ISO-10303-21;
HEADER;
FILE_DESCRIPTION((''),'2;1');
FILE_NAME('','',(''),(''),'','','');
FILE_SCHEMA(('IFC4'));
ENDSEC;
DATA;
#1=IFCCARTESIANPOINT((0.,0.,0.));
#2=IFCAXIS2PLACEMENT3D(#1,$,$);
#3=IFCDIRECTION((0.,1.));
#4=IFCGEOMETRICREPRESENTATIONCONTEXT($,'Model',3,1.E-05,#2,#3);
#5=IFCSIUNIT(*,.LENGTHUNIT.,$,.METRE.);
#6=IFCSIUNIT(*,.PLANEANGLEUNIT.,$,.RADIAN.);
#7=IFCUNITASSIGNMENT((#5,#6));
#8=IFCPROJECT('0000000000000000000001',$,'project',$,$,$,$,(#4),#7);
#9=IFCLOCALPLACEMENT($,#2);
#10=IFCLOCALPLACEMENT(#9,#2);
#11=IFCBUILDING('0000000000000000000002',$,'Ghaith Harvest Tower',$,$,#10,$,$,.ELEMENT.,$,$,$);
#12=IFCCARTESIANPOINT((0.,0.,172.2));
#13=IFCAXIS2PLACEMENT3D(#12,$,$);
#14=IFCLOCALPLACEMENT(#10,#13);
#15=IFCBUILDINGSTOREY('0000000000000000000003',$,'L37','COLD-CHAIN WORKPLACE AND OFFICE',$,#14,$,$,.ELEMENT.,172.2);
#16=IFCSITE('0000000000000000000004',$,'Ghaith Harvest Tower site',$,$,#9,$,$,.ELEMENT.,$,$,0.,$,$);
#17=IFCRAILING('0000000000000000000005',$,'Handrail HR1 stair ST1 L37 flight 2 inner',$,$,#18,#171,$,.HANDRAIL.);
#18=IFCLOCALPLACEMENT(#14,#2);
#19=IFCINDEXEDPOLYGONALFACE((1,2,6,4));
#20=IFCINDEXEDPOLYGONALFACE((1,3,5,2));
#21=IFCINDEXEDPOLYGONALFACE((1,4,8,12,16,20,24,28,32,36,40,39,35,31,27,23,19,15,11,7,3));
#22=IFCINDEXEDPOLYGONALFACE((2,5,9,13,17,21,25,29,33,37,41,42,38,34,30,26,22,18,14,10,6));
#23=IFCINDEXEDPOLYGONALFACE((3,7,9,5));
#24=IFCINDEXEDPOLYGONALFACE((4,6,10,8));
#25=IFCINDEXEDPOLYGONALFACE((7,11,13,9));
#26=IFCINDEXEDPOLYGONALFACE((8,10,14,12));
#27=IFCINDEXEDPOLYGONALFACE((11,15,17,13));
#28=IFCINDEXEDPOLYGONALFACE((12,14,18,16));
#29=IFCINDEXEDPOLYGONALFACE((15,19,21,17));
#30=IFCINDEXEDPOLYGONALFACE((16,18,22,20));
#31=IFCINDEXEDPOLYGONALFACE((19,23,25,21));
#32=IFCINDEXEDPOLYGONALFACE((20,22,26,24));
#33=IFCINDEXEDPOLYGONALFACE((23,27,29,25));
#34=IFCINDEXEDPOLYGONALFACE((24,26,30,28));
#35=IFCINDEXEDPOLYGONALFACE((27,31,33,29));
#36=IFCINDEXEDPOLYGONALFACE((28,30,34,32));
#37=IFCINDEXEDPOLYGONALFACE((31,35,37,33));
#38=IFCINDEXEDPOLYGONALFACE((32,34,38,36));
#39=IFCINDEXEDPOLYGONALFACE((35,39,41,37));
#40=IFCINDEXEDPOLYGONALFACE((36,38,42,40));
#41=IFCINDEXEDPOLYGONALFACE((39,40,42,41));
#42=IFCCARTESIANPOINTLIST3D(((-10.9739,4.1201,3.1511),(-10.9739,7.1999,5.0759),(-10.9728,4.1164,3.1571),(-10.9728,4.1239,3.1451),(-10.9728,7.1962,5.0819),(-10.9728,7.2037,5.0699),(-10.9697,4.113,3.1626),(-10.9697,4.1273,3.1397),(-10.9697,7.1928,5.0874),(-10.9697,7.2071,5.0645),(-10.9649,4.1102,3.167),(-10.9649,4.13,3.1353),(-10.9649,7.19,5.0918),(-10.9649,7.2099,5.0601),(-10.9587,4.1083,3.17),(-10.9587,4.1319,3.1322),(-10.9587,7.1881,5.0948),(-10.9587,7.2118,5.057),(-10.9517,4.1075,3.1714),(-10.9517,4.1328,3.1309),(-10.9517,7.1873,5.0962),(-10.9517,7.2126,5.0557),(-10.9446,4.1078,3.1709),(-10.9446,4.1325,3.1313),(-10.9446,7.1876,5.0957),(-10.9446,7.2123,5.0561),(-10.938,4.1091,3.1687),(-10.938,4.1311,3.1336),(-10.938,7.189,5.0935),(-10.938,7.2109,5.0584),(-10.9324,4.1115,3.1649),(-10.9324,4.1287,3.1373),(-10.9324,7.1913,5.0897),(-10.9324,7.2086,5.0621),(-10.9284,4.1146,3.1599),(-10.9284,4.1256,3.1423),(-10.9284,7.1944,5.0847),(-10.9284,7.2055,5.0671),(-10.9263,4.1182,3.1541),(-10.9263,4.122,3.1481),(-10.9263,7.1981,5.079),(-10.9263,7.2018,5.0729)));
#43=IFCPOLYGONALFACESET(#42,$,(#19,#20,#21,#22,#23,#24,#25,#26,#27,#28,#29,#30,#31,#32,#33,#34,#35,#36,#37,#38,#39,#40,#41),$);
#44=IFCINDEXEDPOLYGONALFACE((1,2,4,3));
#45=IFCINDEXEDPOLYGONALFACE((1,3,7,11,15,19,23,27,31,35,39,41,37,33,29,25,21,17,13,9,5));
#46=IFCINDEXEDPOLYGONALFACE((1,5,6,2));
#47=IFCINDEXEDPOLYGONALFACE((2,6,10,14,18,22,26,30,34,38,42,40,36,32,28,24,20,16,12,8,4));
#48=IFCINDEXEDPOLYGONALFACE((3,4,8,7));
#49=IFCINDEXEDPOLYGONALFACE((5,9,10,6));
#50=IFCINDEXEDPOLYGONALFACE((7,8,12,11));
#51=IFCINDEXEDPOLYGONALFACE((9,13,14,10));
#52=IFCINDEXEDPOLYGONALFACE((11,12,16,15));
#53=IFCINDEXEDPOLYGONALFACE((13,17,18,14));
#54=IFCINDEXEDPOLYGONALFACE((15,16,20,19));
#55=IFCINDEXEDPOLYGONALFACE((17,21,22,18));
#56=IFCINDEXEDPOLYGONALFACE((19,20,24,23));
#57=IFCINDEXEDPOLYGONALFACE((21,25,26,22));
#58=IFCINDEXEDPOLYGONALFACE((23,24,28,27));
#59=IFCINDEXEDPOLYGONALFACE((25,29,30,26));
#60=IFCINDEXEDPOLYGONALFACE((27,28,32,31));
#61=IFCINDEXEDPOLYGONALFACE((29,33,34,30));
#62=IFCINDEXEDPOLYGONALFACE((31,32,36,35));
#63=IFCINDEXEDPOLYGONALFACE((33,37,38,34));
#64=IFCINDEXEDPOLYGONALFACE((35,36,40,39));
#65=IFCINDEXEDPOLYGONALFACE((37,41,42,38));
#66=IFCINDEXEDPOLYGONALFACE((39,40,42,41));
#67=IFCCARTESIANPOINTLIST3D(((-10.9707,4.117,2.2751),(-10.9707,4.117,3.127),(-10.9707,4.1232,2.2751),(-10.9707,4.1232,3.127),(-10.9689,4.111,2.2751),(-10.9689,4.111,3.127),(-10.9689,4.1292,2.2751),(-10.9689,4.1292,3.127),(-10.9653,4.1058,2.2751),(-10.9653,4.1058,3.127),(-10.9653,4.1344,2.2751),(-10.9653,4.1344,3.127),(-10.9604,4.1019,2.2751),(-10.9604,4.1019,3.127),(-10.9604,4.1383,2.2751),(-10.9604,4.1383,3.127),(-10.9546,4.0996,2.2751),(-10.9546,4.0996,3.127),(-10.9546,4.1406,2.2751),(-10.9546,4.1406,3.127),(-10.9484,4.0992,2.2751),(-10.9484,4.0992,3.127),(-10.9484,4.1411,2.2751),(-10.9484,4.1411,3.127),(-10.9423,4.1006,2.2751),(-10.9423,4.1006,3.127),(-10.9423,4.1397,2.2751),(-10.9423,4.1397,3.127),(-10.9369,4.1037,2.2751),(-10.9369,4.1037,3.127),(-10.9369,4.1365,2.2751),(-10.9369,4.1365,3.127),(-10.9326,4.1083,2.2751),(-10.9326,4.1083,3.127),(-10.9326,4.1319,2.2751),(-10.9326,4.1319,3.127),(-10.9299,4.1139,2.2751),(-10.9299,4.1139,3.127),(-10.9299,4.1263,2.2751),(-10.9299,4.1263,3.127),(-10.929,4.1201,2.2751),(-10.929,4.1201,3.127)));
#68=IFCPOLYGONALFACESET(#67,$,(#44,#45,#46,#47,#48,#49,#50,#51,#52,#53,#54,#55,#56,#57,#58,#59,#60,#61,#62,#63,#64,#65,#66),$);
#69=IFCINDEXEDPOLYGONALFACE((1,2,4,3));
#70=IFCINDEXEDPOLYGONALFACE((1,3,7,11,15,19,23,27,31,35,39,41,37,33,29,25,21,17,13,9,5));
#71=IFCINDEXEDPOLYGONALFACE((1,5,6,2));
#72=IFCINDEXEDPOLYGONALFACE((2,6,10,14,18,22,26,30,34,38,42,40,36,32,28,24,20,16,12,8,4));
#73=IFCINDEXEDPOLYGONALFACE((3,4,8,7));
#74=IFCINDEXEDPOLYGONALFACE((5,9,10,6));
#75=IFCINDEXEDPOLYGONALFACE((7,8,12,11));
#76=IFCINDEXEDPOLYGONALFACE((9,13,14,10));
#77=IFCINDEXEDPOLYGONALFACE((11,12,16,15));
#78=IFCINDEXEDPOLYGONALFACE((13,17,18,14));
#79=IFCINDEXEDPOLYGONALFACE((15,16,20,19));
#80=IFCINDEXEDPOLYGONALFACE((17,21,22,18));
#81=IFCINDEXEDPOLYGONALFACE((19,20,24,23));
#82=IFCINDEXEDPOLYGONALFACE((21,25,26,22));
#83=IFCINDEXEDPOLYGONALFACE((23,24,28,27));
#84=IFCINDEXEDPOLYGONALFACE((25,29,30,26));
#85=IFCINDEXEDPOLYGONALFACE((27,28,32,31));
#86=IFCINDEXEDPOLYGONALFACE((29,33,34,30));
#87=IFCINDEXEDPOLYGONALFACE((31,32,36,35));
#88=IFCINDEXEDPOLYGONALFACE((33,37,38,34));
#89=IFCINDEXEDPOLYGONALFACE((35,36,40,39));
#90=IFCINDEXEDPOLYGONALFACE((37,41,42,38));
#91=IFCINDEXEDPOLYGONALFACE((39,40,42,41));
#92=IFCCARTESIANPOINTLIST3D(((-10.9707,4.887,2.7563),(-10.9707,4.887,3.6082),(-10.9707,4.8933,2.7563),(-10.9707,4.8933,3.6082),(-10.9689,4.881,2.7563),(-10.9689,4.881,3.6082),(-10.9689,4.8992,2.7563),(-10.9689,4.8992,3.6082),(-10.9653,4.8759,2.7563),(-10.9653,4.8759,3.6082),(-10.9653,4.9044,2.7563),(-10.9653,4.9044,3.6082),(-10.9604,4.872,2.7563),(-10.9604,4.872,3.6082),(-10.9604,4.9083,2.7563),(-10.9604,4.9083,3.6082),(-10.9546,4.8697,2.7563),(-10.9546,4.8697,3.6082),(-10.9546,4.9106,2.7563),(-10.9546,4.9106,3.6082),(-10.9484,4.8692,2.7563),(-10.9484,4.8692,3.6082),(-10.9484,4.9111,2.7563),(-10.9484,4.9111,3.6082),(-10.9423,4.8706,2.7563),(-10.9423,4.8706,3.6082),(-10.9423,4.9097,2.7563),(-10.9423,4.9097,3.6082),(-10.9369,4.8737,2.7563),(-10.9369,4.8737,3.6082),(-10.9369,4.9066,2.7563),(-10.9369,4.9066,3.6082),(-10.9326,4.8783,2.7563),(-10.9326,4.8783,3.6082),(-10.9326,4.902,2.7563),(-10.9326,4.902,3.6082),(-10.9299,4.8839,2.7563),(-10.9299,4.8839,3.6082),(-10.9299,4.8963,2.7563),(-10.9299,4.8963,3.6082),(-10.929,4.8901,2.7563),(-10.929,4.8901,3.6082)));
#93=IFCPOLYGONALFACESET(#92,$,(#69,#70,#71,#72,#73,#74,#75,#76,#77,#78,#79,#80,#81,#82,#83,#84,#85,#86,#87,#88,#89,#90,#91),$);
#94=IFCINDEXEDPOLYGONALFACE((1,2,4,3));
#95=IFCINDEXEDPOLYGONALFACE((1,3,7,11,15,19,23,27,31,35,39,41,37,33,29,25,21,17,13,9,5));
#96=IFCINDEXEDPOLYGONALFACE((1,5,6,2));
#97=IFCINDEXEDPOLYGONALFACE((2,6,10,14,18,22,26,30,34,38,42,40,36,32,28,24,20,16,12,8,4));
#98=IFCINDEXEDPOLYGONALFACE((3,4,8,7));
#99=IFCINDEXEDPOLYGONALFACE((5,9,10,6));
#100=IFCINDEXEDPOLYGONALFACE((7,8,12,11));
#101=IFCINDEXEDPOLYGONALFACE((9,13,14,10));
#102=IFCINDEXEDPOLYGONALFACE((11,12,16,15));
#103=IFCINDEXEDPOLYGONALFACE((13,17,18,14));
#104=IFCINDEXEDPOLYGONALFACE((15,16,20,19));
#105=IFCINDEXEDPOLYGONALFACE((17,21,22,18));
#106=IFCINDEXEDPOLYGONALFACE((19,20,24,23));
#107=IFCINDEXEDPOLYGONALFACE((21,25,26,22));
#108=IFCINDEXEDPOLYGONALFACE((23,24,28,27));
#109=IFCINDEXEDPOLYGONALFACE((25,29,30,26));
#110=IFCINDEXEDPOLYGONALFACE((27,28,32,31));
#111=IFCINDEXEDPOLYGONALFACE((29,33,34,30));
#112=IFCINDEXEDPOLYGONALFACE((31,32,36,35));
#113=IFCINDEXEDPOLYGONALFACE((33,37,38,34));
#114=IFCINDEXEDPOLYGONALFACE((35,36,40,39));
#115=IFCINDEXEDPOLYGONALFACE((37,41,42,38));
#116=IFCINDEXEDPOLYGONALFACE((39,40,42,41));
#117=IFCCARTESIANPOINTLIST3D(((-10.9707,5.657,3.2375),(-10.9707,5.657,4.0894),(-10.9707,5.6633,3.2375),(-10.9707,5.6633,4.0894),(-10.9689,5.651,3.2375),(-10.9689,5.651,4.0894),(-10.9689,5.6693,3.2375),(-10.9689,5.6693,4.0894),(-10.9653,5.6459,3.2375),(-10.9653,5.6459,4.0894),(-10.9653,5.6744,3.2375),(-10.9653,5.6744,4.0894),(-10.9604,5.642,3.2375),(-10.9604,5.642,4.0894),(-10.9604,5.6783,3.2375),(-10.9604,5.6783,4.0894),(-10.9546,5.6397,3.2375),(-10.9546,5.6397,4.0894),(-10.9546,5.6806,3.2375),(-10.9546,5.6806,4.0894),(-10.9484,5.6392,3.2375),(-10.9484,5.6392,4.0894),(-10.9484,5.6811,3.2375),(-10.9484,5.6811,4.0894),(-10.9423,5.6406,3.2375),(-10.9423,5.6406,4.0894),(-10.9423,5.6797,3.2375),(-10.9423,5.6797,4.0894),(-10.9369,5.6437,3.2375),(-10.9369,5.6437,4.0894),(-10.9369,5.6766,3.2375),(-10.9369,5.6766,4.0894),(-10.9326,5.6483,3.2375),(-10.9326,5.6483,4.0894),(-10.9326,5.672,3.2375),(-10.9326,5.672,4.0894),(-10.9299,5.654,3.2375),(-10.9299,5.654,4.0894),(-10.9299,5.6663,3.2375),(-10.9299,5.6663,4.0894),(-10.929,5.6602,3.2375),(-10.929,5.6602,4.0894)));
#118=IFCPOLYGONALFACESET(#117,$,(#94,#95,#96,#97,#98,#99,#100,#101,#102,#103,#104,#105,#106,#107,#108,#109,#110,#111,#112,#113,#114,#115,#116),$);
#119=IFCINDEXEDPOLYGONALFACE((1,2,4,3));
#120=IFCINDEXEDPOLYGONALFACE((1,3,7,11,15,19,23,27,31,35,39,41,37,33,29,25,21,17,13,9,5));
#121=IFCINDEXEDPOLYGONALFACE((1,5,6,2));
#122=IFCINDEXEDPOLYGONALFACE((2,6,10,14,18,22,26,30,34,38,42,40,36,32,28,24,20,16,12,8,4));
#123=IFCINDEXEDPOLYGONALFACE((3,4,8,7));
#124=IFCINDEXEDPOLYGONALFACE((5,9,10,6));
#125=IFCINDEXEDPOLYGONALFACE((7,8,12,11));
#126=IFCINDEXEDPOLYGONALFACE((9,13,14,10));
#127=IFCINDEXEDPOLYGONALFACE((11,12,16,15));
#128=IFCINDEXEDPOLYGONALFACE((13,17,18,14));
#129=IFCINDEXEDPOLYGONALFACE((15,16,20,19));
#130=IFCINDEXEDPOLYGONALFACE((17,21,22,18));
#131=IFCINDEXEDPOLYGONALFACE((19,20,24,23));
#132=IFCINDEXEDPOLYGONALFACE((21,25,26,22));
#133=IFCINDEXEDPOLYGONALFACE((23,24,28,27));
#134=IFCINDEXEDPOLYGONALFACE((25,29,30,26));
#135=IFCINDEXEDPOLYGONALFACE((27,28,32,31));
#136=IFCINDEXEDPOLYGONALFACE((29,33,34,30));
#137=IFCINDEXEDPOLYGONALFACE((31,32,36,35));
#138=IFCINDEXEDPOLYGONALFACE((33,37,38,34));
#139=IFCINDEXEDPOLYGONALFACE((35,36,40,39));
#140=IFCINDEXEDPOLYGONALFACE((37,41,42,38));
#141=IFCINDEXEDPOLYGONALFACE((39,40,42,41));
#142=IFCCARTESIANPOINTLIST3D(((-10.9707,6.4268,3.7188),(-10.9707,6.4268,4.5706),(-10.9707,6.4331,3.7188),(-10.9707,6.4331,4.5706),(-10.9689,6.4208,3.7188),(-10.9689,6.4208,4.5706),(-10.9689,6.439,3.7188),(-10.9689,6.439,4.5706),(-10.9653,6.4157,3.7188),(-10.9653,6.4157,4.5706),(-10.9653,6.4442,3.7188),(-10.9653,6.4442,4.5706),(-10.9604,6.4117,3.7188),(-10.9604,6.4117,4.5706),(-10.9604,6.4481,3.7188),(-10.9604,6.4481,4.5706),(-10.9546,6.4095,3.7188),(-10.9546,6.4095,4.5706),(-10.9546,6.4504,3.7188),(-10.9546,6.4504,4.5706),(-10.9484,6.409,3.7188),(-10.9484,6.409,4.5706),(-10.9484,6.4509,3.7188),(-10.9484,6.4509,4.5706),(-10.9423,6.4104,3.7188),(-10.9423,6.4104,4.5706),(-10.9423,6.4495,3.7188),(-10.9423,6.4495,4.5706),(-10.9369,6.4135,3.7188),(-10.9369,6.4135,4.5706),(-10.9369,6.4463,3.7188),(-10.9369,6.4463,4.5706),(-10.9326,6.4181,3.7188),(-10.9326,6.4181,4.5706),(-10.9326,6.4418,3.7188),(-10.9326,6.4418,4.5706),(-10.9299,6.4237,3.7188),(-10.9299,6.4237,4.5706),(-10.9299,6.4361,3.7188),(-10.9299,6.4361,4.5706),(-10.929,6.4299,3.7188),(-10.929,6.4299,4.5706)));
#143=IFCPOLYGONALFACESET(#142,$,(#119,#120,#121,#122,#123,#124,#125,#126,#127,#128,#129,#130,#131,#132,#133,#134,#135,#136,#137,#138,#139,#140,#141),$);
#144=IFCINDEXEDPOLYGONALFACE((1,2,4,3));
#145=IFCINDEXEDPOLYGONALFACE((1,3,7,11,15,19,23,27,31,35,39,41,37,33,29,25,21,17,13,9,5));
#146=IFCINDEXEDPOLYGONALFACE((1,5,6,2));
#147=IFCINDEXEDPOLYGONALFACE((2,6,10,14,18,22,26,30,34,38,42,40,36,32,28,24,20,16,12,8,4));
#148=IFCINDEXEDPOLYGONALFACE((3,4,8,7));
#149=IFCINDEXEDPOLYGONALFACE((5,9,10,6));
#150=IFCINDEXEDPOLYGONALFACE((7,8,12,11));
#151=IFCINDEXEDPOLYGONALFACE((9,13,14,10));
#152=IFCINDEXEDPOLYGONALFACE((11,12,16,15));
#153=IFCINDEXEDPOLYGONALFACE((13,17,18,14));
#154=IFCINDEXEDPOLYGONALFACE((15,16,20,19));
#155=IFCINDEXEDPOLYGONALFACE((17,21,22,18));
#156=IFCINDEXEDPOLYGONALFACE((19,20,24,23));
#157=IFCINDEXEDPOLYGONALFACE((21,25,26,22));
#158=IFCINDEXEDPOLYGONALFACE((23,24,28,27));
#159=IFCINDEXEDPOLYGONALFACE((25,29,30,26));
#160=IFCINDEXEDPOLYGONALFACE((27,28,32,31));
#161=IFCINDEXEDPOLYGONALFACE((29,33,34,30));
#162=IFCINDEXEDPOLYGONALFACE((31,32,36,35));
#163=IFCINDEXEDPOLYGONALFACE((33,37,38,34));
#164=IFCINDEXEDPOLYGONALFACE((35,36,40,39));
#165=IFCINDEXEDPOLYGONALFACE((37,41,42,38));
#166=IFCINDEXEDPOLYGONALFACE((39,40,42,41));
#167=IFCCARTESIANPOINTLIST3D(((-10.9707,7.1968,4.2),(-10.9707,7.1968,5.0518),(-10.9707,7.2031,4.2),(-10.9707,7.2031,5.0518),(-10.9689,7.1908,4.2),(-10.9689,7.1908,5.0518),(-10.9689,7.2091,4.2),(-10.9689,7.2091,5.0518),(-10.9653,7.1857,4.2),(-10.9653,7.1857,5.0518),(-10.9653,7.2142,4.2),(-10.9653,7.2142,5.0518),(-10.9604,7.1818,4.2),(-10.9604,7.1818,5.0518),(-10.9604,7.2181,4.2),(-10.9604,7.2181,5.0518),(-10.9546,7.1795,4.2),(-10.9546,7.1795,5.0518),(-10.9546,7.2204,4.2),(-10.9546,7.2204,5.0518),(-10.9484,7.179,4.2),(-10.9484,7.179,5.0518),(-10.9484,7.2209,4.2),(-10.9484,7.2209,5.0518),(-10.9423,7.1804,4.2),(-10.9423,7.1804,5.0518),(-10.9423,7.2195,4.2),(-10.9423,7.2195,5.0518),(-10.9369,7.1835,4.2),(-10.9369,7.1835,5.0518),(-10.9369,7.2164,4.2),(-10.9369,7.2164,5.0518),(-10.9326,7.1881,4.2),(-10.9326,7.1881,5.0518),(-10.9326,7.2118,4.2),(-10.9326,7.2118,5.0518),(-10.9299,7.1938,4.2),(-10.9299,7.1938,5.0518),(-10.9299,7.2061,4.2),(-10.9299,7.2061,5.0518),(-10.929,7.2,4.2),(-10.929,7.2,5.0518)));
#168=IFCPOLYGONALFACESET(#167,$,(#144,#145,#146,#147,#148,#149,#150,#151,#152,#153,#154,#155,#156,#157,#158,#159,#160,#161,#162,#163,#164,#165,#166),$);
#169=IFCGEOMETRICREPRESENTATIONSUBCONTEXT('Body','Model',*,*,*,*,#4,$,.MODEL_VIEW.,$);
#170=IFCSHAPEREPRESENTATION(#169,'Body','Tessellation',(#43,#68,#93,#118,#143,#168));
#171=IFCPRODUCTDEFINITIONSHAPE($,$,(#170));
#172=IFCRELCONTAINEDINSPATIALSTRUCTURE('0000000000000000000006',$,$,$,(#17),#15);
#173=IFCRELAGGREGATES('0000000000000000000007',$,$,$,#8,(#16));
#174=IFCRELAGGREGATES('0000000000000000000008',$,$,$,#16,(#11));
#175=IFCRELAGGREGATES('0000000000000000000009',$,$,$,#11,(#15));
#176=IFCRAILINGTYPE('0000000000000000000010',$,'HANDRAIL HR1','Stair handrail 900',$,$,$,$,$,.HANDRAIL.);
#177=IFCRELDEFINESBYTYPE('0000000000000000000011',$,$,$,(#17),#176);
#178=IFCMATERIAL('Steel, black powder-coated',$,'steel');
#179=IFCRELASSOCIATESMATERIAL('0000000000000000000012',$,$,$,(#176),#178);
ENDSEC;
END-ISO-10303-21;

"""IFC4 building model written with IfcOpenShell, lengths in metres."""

from ifc_helpers import new_model, si_unit, direction, frame, origin, origin_2d, place, context, subcontext, project, spatial, circle, extrude, material, type_object, element, save


model = new_model("IFC4")

# Units and contexts
model_context = context("Model", 3, precision=1e-05, world=origin(), true_north=direction((0.0, 1.0)))
body_context = subcontext(model_context, "Body", "Model", "MODEL_VIEW")
ifc_project = project(units=[si_unit("LENGTHUNIT", "METRE"), si_unit("PLANEANGLEUNIT", "RADIAN")], contexts=[model_context])

# Site, building, storey
site_placement = place(None, origin())
site = spatial("IfcSite", under=ifc_project, at=site_placement, Name="Ghaith Harvest Tower site", CompositionType="ELEMENT", RefElevation=0.0)
building_placement = place(site_placement, origin())
building = spatial("IfcBuilding", under=site, at=building_placement, Name="Ghaith Harvest Tower", CompositionType="ELEMENT")
storey_placement = place(building_placement, frame((0.0, 0.0, 172.2)))
storey = spatial("IfcBuildingStorey", under=building, at=storey_placement, Name="L37", Description="COLD-CHAIN WORKPLACE AND OFFICE", CompositionType="ELEMENT", Elevation=172.2)

# Railing
ifc_material_1 = material(Name="Steel, black powder-coated", Category="steel")
railing_type = type_object("IfcRailingType", Name="HANDRAIL HR1", Description="Stair handrail 900", PredefinedType="HANDRAIL", material=ifc_material_1)
railing_1_placement = place(storey_placement, frame((-10.95, 4.1201, 2.2751)))
element("IfcRailing", 1, at=railing_1_placement, inside=storey, type_object=railing_type, Name="Handrail HR1 stair ST1 L37 flight 2 inner", PredefinedType="HANDRAIL", context=body_context, shape_type="SweptSolid", body=[
    extrude(circle(Radius=0.0239, at=origin_2d()), frame((0.0, 0.0, 0.876), z_axis=(0.0, 0.84801, 0.529981), x_axis=(-1.0, 0.0, 0.0)), (0.0, 0.0, 1.0), 3.6318),
    extrude(circle(Radius=0.021, at=origin_2d()), origin(), (0.0, 0.0, 1.0), 0.8518),
    extrude(circle(Radius=0.021, at=origin_2d()), frame((0.0, 0.77, 0.4812)), (0.0, 0.0, 1.0), 0.8518),
    extrude(circle(Radius=0.021, at=origin_2d()), frame((0.0, 1.54, 0.9624)), (0.0, 0.0, 1.0), 0.8518),
    extrude(circle(Radius=0.021, at=origin_2d()), frame((0.0, 2.3098, 1.4436)), (0.0, 0.0, 1.0), 0.8518),
    extrude(circle(Radius=0.021, at=origin_2d()), frame((0.0, 3.0798, 1.9248)), (0.0, 0.0, 1.0), 0.8518),
])

save(model, "model.ifc")
